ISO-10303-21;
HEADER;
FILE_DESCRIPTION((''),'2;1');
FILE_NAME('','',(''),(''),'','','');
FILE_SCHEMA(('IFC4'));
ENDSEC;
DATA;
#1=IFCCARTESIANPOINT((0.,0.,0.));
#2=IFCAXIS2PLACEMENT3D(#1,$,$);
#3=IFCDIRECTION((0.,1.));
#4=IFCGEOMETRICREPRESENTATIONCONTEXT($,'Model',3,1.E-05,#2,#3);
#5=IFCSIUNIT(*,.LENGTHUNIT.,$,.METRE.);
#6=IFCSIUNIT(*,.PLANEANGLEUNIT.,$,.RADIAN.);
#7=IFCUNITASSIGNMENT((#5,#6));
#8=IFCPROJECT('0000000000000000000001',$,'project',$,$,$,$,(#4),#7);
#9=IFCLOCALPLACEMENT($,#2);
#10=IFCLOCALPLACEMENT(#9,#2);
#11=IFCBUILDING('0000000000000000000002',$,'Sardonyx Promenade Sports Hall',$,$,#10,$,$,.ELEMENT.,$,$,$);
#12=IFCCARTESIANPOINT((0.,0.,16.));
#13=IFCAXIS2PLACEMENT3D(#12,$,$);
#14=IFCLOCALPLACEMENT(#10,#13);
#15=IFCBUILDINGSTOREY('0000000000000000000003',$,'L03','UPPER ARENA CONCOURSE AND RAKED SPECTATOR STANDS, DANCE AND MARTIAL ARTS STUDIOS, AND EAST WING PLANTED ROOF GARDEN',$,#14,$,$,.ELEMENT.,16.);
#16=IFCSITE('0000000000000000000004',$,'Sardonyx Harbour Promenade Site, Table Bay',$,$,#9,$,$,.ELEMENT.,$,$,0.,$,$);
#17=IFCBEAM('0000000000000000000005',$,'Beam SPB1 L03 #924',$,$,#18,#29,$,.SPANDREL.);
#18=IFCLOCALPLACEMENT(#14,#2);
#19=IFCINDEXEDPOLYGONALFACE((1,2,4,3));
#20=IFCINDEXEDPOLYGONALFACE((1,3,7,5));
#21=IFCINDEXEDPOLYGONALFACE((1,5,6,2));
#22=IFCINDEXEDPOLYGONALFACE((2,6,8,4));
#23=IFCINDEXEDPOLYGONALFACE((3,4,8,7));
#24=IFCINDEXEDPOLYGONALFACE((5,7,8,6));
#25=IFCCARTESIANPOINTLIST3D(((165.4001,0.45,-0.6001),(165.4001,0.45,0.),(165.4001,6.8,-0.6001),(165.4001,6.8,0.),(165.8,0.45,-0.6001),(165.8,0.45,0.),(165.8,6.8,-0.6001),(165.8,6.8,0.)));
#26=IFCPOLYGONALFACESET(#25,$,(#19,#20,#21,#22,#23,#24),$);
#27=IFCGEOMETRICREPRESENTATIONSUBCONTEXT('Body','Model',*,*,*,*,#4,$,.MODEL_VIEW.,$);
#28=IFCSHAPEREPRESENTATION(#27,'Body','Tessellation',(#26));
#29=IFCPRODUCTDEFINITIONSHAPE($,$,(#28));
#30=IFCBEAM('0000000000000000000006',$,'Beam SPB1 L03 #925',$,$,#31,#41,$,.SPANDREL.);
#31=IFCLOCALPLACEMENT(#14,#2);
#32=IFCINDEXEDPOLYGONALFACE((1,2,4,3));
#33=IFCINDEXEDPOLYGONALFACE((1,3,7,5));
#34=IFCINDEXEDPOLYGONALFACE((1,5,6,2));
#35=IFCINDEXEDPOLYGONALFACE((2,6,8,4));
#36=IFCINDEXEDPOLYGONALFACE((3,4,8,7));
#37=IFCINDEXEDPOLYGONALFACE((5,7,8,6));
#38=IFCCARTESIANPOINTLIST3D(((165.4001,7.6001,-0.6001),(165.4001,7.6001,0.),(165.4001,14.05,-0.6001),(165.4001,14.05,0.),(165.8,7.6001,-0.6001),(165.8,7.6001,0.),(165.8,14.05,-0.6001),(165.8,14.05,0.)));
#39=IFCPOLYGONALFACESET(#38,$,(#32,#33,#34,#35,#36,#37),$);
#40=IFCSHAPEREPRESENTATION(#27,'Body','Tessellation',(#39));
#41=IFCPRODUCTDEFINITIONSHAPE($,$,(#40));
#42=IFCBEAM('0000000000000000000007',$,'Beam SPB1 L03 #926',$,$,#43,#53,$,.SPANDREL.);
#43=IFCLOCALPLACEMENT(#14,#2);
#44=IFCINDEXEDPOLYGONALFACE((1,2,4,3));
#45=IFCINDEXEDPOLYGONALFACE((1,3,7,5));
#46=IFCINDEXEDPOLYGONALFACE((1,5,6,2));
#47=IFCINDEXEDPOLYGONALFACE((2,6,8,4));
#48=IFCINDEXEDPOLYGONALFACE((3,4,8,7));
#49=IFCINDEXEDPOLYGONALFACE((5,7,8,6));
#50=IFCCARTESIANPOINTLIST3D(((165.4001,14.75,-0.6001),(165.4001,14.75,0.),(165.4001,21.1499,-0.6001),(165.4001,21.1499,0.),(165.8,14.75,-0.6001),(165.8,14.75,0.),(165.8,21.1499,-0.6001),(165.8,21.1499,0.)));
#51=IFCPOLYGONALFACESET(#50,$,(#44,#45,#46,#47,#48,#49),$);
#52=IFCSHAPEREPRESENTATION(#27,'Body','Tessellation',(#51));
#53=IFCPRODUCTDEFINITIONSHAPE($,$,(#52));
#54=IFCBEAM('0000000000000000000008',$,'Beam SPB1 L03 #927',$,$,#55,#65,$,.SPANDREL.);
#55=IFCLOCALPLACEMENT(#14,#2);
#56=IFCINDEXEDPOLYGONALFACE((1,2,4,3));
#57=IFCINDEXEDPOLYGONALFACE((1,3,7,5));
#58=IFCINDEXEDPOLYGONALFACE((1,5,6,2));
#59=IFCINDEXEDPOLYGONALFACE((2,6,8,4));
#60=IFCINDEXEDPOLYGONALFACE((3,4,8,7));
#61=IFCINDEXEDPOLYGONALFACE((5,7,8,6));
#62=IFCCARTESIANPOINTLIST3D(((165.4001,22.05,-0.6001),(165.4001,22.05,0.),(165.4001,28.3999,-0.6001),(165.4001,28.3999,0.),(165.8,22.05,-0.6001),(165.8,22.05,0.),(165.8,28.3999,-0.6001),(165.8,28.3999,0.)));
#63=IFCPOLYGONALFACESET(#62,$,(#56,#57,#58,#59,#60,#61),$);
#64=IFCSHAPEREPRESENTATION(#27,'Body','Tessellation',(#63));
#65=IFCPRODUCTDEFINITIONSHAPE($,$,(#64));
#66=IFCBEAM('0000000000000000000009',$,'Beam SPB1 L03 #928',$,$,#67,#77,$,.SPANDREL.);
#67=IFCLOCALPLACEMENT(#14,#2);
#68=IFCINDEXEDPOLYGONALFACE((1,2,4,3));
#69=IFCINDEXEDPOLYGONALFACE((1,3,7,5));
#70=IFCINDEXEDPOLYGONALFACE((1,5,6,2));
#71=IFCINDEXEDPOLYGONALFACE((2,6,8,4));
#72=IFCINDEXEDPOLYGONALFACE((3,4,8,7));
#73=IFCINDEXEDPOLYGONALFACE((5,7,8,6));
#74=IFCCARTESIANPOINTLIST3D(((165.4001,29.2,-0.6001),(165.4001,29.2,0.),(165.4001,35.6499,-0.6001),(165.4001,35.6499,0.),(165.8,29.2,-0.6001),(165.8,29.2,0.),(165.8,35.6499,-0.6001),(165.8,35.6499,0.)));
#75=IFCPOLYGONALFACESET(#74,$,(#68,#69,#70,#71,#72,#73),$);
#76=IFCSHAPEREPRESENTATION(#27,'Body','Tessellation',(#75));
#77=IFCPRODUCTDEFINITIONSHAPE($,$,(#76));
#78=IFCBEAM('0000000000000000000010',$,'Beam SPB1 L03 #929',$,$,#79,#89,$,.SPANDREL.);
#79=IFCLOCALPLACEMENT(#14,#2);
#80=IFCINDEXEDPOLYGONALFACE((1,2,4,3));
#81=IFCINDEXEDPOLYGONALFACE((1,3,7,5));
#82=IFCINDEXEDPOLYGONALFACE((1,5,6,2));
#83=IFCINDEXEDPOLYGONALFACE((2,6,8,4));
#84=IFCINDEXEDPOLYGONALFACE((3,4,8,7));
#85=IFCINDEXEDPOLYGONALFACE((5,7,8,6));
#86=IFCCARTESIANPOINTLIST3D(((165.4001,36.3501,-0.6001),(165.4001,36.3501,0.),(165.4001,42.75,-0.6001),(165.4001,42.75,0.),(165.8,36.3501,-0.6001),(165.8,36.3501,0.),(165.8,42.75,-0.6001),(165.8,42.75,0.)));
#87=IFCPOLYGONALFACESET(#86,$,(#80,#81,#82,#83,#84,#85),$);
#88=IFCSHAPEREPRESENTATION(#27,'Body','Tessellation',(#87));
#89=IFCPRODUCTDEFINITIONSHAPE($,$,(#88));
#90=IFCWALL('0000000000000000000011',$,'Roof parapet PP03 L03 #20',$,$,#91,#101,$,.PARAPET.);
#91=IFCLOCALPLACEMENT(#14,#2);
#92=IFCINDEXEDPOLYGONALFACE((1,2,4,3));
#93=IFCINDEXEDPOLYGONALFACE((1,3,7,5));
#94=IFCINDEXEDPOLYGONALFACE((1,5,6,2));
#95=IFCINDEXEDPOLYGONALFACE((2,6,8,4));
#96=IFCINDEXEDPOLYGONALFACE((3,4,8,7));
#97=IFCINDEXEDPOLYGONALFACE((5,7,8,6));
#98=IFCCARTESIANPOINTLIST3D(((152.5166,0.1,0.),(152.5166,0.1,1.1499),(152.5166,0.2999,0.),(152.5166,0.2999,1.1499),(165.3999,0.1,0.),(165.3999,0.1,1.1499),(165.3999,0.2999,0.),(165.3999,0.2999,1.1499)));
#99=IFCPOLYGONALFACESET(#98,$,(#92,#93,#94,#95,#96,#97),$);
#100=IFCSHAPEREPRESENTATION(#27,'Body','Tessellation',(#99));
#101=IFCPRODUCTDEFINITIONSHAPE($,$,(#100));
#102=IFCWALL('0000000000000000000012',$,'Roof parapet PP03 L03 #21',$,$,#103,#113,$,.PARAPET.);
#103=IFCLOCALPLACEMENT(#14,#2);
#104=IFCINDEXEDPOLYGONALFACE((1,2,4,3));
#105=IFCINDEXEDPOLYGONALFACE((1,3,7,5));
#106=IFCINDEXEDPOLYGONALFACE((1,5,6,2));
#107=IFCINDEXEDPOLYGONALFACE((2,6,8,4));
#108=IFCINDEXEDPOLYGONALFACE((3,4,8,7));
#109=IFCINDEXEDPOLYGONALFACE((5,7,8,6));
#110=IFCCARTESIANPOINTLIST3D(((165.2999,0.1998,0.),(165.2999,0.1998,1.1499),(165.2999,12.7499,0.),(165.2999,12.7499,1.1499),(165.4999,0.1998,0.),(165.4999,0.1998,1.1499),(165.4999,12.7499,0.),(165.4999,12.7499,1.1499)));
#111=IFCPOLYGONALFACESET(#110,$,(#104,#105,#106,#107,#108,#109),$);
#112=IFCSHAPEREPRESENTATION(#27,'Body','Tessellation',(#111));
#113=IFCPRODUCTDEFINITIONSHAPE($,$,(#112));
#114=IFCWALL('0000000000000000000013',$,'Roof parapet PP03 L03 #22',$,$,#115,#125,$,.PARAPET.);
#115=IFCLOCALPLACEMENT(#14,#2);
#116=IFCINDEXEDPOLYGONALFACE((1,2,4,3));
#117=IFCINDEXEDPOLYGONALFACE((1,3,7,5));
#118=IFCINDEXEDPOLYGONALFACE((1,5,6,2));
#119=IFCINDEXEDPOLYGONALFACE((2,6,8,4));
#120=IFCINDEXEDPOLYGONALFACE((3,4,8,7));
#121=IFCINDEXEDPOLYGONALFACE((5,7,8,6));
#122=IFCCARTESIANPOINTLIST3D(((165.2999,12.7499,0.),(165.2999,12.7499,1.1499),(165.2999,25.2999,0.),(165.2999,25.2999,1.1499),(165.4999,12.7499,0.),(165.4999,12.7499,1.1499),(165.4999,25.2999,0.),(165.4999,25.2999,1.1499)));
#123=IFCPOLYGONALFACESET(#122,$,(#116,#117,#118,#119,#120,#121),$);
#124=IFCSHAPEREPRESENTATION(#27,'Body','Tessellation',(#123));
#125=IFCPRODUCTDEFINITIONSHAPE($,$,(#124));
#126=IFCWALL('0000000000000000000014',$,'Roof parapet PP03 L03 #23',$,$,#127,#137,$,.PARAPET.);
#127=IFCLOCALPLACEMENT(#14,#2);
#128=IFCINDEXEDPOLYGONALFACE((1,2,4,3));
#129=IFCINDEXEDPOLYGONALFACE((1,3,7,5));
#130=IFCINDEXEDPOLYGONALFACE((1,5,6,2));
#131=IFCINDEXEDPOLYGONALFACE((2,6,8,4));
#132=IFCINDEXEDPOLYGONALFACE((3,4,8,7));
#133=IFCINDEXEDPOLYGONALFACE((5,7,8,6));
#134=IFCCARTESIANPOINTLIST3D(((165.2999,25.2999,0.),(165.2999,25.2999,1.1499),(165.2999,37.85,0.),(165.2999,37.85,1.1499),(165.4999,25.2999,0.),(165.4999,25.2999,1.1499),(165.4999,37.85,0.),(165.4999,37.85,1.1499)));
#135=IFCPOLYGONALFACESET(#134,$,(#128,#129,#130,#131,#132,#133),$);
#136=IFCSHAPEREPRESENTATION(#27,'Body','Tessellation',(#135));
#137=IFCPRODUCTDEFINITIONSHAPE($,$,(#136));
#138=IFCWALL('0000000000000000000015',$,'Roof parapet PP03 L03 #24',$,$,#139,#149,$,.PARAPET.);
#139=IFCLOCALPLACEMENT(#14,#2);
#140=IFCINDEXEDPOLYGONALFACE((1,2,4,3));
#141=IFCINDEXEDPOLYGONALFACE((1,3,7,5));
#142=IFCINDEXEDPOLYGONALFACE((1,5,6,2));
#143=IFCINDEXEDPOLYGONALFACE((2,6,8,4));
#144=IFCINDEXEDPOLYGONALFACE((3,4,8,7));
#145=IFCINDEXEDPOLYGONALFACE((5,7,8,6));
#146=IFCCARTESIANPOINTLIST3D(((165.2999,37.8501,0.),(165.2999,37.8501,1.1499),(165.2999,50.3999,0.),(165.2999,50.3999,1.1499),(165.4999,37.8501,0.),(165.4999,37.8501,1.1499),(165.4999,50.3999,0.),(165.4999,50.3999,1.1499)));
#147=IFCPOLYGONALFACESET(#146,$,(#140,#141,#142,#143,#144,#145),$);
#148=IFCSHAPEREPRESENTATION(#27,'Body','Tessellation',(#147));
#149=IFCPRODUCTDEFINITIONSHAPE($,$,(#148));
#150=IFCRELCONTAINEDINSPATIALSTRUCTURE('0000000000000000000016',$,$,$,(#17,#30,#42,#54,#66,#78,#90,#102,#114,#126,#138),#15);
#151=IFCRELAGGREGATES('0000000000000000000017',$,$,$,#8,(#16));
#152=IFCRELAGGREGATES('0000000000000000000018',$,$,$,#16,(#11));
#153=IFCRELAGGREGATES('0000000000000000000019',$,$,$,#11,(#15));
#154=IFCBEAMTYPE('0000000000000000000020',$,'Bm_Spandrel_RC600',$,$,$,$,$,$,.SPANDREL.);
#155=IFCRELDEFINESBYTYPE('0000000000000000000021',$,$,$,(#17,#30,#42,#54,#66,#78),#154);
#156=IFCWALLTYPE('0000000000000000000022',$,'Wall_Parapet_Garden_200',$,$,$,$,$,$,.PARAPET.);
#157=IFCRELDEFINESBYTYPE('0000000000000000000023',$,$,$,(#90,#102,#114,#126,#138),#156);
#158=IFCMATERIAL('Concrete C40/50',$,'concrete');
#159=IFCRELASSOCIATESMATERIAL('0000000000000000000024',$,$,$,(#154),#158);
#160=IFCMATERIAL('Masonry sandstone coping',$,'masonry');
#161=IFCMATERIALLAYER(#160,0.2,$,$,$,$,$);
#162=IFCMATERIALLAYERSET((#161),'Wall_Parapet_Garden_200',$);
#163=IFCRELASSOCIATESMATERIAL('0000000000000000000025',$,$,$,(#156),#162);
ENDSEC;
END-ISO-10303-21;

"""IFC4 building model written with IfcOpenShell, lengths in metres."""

from ifc_helpers import new_model, si_unit, direction, frame, frame_2d, origin, origin_2d, place, context, subcontext, project, spatial, rectangle, extrude, material, layer, layer_set, material_profile, profile_set, type_object, element, save


model = new_model("IFC4")

# Units and contexts
model_context = context("Model", 3, precision=1e-05, world=origin(), true_north=direction((0.0, 1.0)))
body_context = subcontext(model_context, "Body", "Model", "MODEL_VIEW")
ifc_project = project(units=[si_unit("LENGTHUNIT", "METRE"), si_unit("PLANEANGLEUNIT", "RADIAN")], contexts=[model_context])

# Site, building, storey
site_placement = place(None, origin())
site = spatial("IfcSite", under=ifc_project, at=site_placement, Name="Sardonyx Harbour Promenade Site, Table Bay", CompositionType="ELEMENT", RefElevation=0.0)
building_placement = place(site_placement, origin())
building = spatial("IfcBuilding", under=site, at=building_placement, Name="Sardonyx Promenade Sports Hall", CompositionType="ELEMENT")
storey_placement = place(building_placement, frame((0.0, 0.0, 16.0)))
storey = spatial("IfcBuildingStorey", under=building, at=storey_placement, Name="L03", Description="UPPER ARENA CONCOURSE AND RAKED SPECTATOR STANDS, DANCE AND MARTIAL ARTS STUDIOS, AND EAST WING PLANTED ROOF GARDEN", CompositionType="ELEMENT", Elevation=16.0)

# Beams
ifc_material_1 = material(Name="Concrete C40/50", Category="concrete")
ifc_material_profile_1 = material_profile(ifc_material_1, rectangle(XDim=0.3999, YDim=0.6001, at=origin_2d()))
ifc_profile_set_1 = profile_set([ifc_material_profile_1], Name="Concrete C40/50")
beam_type_1 = type_object("IfcBeamType", Name="Bm_Spandrel_RC600", PredefinedType="SPANDREL", material=ifc_profile_set_1)
beam_1_placement = place(storey_placement, frame((165.6001, 0.45, -0.3), z_axis=(0.0, 1.0, 0.0), x_axis=(-1.0, 0.0, 0.0)))
element("IfcBeam", 1, at=beam_1_placement, inside=storey, type_object=beam_type_1, Name="Beam SPB1 L03 #924", PredefinedType="SPANDREL", context=body_context, shape_type="SweptSolid", body=[
    extrude(rectangle(XDim=0.3999, YDim=0.6001, at=origin_2d()), origin(), (0.0, 0.0, 1.0), 6.3501),
])
beam_2_placement = place(storey_placement, frame((165.6001, 7.6001, -0.3), z_axis=(0.0, 1.0, 0.0), x_axis=(-1.0, 0.0, 0.0)))
element("IfcBeam", 2, at=beam_2_placement, inside=storey, type_object=beam_type_1, Name="Beam SPB1 L03 #925", PredefinedType="SPANDREL", context=body_context, shape_type="SweptSolid", body=[
    extrude(rectangle(XDim=0.3999, YDim=0.6001, at=origin_2d()), origin(), (0.0, 0.0, 1.0), 6.45),
])
beam_3_placement = place(storey_placement, frame((165.6001, 14.75, -0.3), z_axis=(0.0, 1.0, 0.0), x_axis=(-1.0, 0.0, 0.0)))
element("IfcBeam", 3, at=beam_3_placement, inside=storey, type_object=beam_type_1, Name="Beam SPB1 L03 #926", PredefinedType="SPANDREL", context=body_context, shape_type="SweptSolid", body=[
    extrude(rectangle(XDim=0.3999, YDim=0.6001, at=origin_2d()), origin(), (0.0, 0.0, 1.0), 6.3999),
])
beam_4_placement = place(storey_placement, frame((165.6001, 22.05, -0.3), z_axis=(0.0, 1.0, 0.0), x_axis=(-1.0, 0.0, 0.0)))
element("IfcBeam", 4, at=beam_4_placement, inside=storey, type_object=beam_type_1, Name="Beam SPB1 L03 #927", PredefinedType="SPANDREL", context=body_context, shape_type="SweptSolid", body=[
    extrude(rectangle(XDim=0.3999, YDim=0.6001, at=origin_2d()), origin(), (0.0, 0.0, 1.0), 6.3499),
])
beam_5_placement = place(storey_placement, frame((165.6001, 29.2, -0.3), z_axis=(0.0, 1.0, 0.0), x_axis=(-1.0, 0.0, 0.0)))
element("IfcBeam", 5, at=beam_5_placement, inside=storey, type_object=beam_type_1, Name="Beam SPB1 L03 #928", PredefinedType="SPANDREL", context=body_context, shape_type="SweptSolid", body=[
    extrude(rectangle(XDim=0.3999, YDim=0.6001, at=origin_2d()), origin(), (0.0, 0.0, 1.0), 6.45),
])
beam_6_placement = place(storey_placement, frame((165.6001, 36.3501, -0.3), z_axis=(0.0, 1.0, 0.0), x_axis=(-1.0, 0.0, 0.0)))
element("IfcBeam", 6, at=beam_6_placement, inside=storey, type_object=beam_type_1, Name="Beam SPB1 L03 #929", PredefinedType="SPANDREL", context=body_context, shape_type="SweptSolid", body=[
    extrude(rectangle(XDim=0.3999, YDim=0.6001, at=origin_2d()), origin(), (0.0, 0.0, 1.0), 6.3999),
])

# Walls
ifc_material_2 = material(Name="Masonry sandstone coping", Category="masonry")
ifc_layer = layer(ifc_material_2, 0.2)
ifc_layer_set = layer_set([ifc_layer], Name="Wall_Parapet_Garden_200")
wall_type = type_object("IfcWallType", Name="Wall_Parapet_Garden_200", PredefinedType="PARAPET", material=ifc_layer_set)
wall_1_placement = place(storey_placement, frame((152.5166, 0.2, 0.0), z_axis=(0.0, 0.0, 1.0), x_axis=(1.0, 0.0, 0.0)))
element("IfcWall", 7, at=wall_1_placement, inside=storey, type_object=wall_type, Name="Roof parapet PP03 L03 #20", PredefinedType="PARAPET", context=body_context, shape_type="SweptSolid", body=[
    extrude(rectangle(XDim=12.8833, YDim=0.2, at=frame_2d((6.4417, 0.0))), origin(), (0.0, 0.0, 1.0), 1.1499),
])
for number, where, z_axis, x_axis, name in (
    (8, (165.3999, 0.2, 0.0), (0.0, 0.0, 1.0), (0.0, 1.0, 0.0), "Roof parapet PP03 L03 #21"),
    (9, (165.3999, 12.75, 0.0), (0.0, 0.0, 1.0), (0.0, 1.0, 0.0), "Roof parapet PP03 L03 #22"),
    (10, (165.3999, 25.3, 0.0), (0.0, 0.0, 1.0), (0.0, 1.0, 0.0), "Roof parapet PP03 L03 #23"),
):
    element("IfcWall", number, at=place(storey_placement, frame(where, z_axis=z_axis, x_axis=x_axis)), inside=storey, type_object=wall_type, Name=name, PredefinedType="PARAPET", context=body_context, shape_type="SweptSolid", body=[
        extrude(rectangle(XDim=12.55, YDim=0.2, at=frame_2d((6.2749, 0.0))), origin(), (0.0, 0.0, 1.0), 1.1499),
    ])
wall_2_placement = place(storey_placement, frame((165.3999, 37.8501, 0.0), z_axis=(0.0, 0.0, 1.0), x_axis=(0.0, 1.0, 0.0)))
element("IfcWall", 11, at=wall_2_placement, inside=storey, type_object=wall_type, Name="Roof parapet PP03 L03 #24", PredefinedType="PARAPET", context=body_context, shape_type="SweptSolid", body=[
    extrude(rectangle(XDim=12.5498, YDim=0.2, at=frame_2d((6.2749, 0.0))), origin(), (0.0, 0.0, 1.0), 1.1499),
])

save(model, "model.ifc")
